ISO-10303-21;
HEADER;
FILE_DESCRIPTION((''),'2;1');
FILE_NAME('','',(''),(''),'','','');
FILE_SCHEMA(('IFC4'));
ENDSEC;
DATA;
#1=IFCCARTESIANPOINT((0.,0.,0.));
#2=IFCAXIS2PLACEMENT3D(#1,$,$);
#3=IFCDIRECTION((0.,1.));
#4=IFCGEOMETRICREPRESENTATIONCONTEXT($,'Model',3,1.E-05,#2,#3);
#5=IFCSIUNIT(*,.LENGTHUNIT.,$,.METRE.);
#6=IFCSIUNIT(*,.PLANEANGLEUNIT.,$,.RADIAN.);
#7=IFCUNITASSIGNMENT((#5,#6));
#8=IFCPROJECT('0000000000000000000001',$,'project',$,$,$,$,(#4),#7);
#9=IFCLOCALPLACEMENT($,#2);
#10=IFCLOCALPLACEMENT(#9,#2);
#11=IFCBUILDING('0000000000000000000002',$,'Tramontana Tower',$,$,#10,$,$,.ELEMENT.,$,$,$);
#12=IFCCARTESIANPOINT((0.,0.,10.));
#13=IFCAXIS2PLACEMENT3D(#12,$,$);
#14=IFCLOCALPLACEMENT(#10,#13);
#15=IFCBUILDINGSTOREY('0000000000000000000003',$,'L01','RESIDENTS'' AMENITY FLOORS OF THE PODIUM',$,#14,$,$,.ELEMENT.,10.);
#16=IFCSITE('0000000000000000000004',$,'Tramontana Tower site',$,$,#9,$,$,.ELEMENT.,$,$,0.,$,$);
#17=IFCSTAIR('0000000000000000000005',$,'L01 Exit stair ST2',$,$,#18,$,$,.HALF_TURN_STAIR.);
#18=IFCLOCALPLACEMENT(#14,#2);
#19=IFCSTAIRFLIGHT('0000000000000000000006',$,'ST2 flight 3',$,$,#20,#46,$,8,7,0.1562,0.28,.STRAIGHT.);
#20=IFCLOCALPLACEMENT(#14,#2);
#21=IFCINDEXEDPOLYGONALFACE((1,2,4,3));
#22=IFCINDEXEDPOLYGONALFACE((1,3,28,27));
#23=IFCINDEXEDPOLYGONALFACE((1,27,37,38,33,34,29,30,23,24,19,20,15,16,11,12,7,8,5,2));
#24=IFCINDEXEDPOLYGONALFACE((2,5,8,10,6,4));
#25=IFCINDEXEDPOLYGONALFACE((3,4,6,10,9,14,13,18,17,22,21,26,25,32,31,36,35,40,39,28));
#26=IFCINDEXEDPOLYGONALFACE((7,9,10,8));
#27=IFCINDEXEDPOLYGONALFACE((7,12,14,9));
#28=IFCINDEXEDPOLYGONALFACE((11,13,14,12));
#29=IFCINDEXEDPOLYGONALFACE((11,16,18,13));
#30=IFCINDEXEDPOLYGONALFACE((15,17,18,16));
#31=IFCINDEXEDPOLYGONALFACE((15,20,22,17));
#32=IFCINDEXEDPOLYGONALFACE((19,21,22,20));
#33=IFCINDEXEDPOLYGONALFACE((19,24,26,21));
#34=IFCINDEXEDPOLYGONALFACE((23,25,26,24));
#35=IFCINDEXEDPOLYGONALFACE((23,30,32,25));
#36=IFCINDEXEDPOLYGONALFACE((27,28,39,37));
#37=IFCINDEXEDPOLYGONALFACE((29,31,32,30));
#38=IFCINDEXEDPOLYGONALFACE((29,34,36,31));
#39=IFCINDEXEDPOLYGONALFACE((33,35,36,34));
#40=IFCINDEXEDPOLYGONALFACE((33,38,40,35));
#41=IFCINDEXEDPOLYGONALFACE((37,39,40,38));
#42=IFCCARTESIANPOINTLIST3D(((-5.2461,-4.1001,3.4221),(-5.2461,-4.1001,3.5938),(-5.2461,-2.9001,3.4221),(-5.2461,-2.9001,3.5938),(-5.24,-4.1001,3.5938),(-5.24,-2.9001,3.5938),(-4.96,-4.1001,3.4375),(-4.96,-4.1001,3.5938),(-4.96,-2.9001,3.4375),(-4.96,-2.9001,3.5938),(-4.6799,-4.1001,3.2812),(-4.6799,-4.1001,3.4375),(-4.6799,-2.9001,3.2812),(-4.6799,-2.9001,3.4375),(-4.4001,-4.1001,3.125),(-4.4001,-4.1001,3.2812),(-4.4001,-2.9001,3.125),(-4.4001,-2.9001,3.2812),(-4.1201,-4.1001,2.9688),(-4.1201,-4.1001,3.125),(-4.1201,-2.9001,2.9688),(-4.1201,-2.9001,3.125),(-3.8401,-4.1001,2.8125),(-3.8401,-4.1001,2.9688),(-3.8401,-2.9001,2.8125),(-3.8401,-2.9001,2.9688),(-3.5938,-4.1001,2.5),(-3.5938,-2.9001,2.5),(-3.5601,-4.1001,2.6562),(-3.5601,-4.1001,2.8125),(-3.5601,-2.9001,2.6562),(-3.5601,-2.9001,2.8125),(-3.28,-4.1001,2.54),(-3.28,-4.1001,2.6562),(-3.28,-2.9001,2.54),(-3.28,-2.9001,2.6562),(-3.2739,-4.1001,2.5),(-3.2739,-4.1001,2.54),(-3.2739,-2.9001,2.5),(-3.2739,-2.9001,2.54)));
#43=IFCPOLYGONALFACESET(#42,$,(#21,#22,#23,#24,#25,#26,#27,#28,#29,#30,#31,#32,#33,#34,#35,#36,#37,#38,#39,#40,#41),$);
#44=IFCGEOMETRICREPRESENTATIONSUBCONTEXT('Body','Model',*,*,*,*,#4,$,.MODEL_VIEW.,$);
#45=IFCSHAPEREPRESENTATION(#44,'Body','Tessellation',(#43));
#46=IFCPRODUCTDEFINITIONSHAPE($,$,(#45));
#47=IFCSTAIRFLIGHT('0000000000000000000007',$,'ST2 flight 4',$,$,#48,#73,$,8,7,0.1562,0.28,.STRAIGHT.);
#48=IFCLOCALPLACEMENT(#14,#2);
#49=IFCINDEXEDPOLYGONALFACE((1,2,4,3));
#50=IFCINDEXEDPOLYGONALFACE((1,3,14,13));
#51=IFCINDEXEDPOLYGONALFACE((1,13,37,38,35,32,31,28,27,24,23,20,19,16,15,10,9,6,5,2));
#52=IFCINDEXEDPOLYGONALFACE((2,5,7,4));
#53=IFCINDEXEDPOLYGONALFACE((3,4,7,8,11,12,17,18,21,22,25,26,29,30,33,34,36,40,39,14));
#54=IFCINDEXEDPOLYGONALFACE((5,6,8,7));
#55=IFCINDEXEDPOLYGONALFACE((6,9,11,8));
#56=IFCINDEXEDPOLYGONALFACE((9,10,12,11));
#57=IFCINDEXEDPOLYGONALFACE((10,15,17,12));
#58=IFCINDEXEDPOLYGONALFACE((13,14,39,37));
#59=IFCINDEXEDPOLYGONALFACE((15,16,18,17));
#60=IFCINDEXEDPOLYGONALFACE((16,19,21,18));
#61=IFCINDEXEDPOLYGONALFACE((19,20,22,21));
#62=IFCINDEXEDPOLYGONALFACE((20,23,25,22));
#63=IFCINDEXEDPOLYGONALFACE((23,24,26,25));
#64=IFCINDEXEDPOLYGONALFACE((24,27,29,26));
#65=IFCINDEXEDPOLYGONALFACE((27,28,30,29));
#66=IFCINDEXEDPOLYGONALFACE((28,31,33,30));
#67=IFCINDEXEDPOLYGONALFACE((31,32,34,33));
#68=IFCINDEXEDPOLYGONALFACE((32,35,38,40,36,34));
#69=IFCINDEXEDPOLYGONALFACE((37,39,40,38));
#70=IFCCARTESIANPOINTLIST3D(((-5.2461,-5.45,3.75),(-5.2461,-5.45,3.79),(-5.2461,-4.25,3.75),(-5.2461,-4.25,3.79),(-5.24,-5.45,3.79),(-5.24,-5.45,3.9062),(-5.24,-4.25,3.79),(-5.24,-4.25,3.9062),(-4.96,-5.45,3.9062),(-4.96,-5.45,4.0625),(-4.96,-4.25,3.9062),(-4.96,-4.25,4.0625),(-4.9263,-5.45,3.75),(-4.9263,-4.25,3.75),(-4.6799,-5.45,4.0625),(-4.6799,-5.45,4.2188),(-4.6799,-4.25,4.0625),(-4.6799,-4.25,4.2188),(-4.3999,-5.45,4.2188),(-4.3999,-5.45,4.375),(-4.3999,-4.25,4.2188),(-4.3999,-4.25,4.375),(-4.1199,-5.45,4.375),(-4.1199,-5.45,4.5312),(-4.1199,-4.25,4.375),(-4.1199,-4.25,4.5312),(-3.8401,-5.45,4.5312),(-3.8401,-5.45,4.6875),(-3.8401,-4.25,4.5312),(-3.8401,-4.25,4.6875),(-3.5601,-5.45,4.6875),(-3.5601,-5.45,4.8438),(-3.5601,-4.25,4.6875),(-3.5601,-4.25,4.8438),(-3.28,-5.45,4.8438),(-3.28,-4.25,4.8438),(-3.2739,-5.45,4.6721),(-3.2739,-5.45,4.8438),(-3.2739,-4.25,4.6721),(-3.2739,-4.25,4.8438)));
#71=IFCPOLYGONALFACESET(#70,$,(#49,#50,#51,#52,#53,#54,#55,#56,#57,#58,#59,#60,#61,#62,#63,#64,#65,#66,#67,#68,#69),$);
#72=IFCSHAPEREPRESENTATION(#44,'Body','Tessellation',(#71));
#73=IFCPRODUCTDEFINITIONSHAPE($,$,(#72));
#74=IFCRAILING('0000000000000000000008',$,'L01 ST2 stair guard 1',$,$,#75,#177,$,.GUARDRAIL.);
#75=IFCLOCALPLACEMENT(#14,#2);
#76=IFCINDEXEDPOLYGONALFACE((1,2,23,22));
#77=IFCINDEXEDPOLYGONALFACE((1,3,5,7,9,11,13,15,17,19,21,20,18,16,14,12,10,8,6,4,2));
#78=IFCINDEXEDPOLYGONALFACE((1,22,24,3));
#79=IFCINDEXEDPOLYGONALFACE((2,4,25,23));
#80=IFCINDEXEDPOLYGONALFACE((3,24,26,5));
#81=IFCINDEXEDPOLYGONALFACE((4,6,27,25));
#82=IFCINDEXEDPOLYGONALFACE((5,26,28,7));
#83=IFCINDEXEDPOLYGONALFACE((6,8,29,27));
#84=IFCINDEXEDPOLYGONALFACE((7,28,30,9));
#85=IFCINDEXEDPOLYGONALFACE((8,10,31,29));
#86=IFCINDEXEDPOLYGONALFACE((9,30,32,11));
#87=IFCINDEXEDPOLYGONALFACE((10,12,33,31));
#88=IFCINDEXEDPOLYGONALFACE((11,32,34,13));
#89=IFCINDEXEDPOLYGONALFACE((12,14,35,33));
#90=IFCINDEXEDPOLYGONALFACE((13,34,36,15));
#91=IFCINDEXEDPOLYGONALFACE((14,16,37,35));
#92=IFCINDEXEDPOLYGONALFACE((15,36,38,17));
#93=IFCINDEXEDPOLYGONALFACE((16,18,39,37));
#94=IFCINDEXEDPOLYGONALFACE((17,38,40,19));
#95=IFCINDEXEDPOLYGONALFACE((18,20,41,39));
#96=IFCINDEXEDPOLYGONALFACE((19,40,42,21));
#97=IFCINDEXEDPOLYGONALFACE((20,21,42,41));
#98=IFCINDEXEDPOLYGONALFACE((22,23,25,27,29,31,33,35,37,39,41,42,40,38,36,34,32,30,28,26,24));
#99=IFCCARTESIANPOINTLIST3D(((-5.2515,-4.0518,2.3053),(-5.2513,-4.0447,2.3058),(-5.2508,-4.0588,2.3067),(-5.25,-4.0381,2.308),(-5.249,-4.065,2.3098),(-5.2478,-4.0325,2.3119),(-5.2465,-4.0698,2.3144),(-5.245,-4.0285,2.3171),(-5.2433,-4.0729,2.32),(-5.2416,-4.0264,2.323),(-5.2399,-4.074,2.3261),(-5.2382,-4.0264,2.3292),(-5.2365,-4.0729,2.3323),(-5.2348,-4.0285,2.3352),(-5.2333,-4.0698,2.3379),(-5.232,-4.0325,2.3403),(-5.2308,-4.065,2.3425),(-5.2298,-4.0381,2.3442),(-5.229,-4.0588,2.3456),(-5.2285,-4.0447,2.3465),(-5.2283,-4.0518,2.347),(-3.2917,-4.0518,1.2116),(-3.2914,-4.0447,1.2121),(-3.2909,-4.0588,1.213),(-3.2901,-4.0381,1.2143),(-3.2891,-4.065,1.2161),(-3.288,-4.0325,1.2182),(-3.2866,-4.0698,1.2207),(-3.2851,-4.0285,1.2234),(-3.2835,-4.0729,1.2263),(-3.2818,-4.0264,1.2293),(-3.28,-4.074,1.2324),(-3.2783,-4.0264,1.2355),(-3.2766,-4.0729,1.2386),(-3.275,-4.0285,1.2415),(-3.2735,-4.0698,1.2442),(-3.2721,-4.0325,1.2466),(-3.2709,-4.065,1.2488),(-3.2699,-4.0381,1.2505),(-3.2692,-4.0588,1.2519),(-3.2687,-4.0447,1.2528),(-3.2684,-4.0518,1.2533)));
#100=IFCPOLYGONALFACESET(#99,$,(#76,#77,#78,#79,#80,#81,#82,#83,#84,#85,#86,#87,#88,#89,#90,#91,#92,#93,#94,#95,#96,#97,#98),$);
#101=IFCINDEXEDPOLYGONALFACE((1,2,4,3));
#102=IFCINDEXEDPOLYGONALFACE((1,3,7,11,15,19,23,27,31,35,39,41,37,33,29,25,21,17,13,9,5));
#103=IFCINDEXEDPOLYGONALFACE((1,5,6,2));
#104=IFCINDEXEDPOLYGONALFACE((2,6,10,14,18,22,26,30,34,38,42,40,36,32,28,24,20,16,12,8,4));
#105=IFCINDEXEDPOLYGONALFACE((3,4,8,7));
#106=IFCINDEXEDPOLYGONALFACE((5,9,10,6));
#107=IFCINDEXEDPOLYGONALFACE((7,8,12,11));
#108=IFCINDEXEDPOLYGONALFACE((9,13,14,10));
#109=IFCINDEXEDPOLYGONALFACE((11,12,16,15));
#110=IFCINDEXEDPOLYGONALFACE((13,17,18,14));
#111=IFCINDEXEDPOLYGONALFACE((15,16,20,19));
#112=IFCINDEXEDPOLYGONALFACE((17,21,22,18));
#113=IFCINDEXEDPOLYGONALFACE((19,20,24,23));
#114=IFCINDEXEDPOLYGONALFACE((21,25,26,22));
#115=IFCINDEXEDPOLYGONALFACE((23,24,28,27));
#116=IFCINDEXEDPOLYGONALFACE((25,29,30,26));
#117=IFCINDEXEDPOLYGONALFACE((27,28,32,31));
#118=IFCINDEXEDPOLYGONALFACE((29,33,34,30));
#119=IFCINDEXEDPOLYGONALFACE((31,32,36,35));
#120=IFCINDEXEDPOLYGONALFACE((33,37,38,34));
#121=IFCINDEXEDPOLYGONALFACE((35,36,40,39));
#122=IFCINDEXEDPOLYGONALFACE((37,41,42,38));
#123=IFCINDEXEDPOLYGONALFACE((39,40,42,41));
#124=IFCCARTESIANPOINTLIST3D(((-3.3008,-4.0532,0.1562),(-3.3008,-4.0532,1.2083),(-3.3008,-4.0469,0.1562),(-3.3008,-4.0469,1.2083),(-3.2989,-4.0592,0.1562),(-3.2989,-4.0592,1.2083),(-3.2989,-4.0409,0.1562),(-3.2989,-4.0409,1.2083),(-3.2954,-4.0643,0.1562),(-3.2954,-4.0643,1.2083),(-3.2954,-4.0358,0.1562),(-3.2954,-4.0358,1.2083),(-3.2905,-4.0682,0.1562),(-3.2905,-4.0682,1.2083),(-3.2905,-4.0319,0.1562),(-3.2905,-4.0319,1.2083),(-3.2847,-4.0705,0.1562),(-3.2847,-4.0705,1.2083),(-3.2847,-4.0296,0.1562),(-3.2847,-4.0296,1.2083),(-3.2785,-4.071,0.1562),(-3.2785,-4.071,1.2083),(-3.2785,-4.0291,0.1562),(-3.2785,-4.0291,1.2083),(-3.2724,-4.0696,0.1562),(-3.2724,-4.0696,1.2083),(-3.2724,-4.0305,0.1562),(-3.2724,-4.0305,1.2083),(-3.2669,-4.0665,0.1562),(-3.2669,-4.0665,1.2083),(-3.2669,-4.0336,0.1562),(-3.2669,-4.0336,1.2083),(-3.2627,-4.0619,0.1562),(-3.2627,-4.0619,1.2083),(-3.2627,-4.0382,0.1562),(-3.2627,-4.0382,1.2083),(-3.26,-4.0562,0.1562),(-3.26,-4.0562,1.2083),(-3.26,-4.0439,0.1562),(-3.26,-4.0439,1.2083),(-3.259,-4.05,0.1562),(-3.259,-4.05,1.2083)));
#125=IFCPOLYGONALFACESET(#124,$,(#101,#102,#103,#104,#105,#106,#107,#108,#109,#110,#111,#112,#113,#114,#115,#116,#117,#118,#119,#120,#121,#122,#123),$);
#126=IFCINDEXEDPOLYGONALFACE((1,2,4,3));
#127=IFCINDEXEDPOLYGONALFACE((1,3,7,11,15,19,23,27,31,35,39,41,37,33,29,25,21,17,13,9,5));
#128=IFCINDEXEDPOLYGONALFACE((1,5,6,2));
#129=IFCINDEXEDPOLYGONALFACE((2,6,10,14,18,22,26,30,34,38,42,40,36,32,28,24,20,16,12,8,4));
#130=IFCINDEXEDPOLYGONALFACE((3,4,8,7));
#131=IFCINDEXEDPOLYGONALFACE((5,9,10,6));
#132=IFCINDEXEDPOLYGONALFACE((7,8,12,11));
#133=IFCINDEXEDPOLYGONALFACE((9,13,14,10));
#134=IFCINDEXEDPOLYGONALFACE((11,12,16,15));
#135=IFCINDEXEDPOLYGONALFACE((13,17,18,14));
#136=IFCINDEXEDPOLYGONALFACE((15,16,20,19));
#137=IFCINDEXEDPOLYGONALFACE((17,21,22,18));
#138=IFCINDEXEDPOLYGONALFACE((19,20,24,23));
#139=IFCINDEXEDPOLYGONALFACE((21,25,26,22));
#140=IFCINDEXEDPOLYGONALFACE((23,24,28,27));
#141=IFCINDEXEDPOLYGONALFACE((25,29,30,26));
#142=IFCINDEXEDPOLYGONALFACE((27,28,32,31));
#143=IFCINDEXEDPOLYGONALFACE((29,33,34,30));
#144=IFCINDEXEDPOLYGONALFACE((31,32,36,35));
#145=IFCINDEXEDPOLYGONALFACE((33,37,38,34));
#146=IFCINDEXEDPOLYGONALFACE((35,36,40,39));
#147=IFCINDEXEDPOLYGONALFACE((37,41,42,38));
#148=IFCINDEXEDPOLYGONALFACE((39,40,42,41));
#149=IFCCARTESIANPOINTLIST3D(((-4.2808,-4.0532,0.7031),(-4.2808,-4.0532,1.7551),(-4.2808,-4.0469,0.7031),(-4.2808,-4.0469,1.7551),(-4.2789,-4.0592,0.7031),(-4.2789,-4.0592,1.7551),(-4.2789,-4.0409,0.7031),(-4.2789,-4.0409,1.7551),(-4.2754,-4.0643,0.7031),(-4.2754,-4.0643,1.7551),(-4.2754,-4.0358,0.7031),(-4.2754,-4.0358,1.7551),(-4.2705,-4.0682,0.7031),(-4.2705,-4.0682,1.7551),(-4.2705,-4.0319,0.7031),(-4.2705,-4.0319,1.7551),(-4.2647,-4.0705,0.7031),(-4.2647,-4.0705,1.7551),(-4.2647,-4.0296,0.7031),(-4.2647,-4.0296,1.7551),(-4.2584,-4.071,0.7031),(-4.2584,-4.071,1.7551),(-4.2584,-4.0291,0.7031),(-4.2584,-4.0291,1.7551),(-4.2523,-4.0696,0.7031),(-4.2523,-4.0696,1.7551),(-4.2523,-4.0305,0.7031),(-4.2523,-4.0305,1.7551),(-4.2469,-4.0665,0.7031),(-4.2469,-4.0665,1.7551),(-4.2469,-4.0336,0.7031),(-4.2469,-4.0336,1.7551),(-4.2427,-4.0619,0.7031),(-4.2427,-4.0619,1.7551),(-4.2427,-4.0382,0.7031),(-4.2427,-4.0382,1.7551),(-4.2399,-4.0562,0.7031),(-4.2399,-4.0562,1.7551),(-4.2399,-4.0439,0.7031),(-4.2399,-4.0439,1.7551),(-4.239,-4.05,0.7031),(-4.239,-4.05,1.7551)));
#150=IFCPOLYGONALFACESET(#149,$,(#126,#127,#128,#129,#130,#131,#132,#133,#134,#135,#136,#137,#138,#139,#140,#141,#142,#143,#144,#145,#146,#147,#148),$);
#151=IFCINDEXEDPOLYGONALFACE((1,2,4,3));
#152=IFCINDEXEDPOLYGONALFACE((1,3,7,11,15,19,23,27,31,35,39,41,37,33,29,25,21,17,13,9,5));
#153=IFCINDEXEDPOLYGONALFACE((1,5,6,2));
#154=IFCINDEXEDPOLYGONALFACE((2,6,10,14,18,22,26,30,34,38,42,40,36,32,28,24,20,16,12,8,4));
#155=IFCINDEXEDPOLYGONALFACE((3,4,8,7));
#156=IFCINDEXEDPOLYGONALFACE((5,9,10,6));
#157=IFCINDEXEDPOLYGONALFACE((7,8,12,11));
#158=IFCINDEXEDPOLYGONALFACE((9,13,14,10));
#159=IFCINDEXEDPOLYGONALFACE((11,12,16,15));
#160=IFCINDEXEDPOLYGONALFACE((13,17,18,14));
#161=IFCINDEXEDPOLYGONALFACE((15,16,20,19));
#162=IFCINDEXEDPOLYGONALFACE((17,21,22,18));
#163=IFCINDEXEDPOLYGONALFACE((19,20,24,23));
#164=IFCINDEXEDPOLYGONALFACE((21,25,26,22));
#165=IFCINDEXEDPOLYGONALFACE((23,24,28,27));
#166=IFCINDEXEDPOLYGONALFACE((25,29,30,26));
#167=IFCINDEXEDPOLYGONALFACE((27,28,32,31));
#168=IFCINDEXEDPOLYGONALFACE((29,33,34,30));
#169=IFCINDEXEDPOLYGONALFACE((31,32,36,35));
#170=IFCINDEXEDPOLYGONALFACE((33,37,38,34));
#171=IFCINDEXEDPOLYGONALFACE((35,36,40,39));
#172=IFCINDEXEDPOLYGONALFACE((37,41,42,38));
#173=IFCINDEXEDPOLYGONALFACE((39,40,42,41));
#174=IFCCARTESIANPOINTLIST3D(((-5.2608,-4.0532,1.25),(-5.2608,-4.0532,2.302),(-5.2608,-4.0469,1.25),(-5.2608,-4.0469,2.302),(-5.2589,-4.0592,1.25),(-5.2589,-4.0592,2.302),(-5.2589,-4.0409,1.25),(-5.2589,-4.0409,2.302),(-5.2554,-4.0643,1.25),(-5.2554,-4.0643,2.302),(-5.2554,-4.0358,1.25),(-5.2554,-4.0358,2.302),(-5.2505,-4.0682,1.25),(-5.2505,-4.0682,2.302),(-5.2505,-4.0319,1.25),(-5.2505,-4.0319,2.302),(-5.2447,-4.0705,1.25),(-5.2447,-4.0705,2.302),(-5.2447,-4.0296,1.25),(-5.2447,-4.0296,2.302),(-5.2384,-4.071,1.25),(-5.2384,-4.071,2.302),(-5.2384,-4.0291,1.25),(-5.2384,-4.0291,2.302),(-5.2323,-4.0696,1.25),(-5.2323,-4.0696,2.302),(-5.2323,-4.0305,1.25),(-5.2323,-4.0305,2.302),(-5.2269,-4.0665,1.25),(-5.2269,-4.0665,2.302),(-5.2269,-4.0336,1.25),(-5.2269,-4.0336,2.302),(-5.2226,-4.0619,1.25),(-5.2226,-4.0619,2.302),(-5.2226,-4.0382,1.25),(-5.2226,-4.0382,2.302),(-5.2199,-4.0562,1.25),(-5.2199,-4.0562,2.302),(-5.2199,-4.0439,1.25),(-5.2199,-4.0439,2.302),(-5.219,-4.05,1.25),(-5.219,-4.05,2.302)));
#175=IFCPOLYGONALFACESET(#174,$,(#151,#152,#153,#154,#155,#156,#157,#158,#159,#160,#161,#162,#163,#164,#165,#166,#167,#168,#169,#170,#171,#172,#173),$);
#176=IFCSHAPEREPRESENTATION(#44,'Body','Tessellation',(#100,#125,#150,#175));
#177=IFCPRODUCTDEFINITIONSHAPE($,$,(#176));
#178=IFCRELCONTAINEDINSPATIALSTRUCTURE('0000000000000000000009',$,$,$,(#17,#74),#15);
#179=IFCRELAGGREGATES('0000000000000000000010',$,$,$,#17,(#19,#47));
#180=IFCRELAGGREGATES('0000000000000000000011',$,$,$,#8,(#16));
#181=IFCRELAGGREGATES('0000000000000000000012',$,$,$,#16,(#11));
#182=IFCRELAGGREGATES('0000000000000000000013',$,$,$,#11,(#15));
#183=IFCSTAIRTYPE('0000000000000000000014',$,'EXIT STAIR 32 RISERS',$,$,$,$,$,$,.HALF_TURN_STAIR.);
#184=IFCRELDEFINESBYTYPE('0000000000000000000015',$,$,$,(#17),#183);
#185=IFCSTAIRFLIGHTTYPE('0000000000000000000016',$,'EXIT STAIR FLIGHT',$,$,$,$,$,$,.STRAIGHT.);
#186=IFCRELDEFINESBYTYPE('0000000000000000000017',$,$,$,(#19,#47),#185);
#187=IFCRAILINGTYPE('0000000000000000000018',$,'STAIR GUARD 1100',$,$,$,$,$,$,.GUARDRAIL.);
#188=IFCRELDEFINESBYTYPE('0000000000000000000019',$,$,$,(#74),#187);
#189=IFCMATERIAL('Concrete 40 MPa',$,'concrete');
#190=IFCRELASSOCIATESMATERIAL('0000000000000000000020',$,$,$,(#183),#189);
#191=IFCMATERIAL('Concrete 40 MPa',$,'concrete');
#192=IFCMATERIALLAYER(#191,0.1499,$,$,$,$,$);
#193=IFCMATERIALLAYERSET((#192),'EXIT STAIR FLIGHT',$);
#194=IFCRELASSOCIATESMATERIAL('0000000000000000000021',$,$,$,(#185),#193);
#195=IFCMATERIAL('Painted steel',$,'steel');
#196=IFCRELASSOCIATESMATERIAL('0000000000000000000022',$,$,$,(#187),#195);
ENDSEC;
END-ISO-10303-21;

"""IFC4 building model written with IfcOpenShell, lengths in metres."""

from ifc_helpers import new_model, si_unit, direction, frame, origin, origin_2d, place, context, subcontext, project, spatial, polyline, circle, outline, extrude, material, layer, layer_set, type_object, element, aggregate, save


model = new_model("IFC4")

# Units and contexts
model_context = context("Model", 3, precision=1e-05, world=origin(), true_north=direction((0.0, 1.0)))
body_context = subcontext(model_context, "Body", "Model", "MODEL_VIEW")
ifc_project = project(units=[si_unit("LENGTHUNIT", "METRE"), si_unit("PLANEANGLEUNIT", "RADIAN")], contexts=[model_context])

# Site, building, storey
site_placement = place(None, origin())
site = spatial("IfcSite", under=ifc_project, at=site_placement, Name="Tramontana Tower site", CompositionType="ELEMENT", RefElevation=0.0)
building_placement = place(site_placement, origin())
building = spatial("IfcBuilding", under=site, at=building_placement, Name="Tramontana Tower", CompositionType="ELEMENT")
storey_placement = place(building_placement, frame((0.0, 0.0, 10.0)))
storey = spatial("IfcBuildingStorey", under=building, at=storey_placement, Name="L01", Description="RESIDENTS' AMENITY FLOORS OF THE PODIUM", CompositionType="ELEMENT", Elevation=10.0)

# Stair, stair flights
ifc_material_1 = material(Name="Concrete 40 MPa", Category="concrete")
stair_type = type_object("IfcStairType", Name="EXIT STAIR 32 RISERS", PredefinedType="HALF_TURN_STAIR", material=ifc_material_1)
stair_placement = place(storey_placement, origin())
stair = element("IfcStair", 1, at=stair_placement, inside=storey, type_object=stair_type, Name="L01 Exit stair ST2", PredefinedType="HALF_TURN_STAIR")
ifc_material_2 = material(Name="Concrete 40 MPa", Category="concrete")
ifc_layer_1 = layer(ifc_material_2, 0.1499)
ifc_layer_set_1 = layer_set([ifc_layer_1], Name="EXIT STAIR FLIGHT")
stair_flight_type = type_object("IfcStairFlightType", Name="EXIT STAIR FLIGHT", PredefinedType="STRAIGHT", material=ifc_layer_set_1)
stair_flight_1_placement = place(storey_placement, frame((-3.28, -3.5, 2.5), z_axis=(0.0, 0.0, 1.0), x_axis=(-1.0, 0.0, 0.0)))
stair_flight_1 = element("IfcStairFlight", 2, at=stair_flight_1_placement, type_object=stair_flight_type, Name="ST2 flight 3", NumberOfRisers=8, NumberOfTreads=7, PredefinedType="STRAIGHT", RiserHeight=0.1562, TreadLength=0.28, context=body_context, shape_type="SweptSolid", body=[
    extrude(outline(polyline([(-0.0061, 0.0), (-0.0061, 0.04), (0.0, 0.04), (0.0, 0.1562), (0.28, 0.1562), (0.28, 0.3125), (0.5601, 0.3125), (0.5601, 0.4688), (0.8401, 0.4688), (0.8401, 0.625), (1.1201, 0.625), (1.1201, 0.7812), (1.3999, 0.7812), (1.3999, 0.9375), (1.6799, 0.9375), (1.6799, 1.0938), (1.96, 1.0938), (1.9661, 1.0938), (1.9661, 0.9221), (0.3137, 0.0), (-0.0061, 0.0)])), frame((0.0, 0.6001, 0.0), z_axis=(0.0, -1.0, 0.0), x_axis=(1.0, 0.0, 0.0)), (0.0, 0.0, 1.0), 1.2),
])
stair_flight_2_placement = place(storey_placement, frame((-5.24, -4.8501, 3.75), z_axis=(0.0, 0.0, 1.0), x_axis=(1.0, 0.0, 0.0)))
stair_flight_2 = element("IfcStairFlight", 3, at=stair_flight_2_placement, type_object=stair_flight_type, Name="ST2 flight 4", NumberOfRisers=8, NumberOfTreads=7, PredefinedType="STRAIGHT", RiserHeight=0.1562, TreadLength=0.28, context=body_context, shape_type="SweptSolid", body=[
    extrude(outline(polyline([(-0.0061, 0.0), (-0.0061, 0.04), (0.0, 0.04), (0.0, 0.1562), (0.28, 0.1562), (0.28, 0.3125), (0.5601, 0.3125), (0.5601, 0.4688), (0.8401, 0.4688), (0.8401, 0.625), (1.1201, 0.625), (1.1201, 0.7812), (1.3999, 0.7812), (1.3999, 0.9375), (1.6799, 0.9375), (1.6799, 1.0938), (1.96, 1.0938), (1.9661, 1.0938), (1.9661, 0.9221), (0.3137, 0.0), (-0.0061, 0.0)])), frame((0.0, 0.6001, 0.0), z_axis=(0.0, -1.0, 0.0), x_axis=(1.0, 0.0, 0.0)), (0.0, 0.0, 1.0), 1.2),
])
aggregate(stair, [stair_flight_1, stair_flight_2])

# Railing
ifc_material_3 = material(Name="Painted steel", Category="steel")
railing_type_1 = type_object("IfcRailingType", Name="STAIR GUARD 1100", PredefinedType="GUARDRAIL", material=ifc_material_3)
railing_1_placement = place(storey_placement, frame((-3.28, -4.05, 0.1562)))
element("IfcRailing", 4, at=railing_1_placement, inside=storey, type_object=railing_type_1, Name="L01 ST2 stair guard 1", PredefinedType="GUARDRAIL", context=body_context, shape_type="SweptSolid", body=[
    extrude(circle(Radius=0.0239, at=origin_2d()), frame((0.0, 0.0, 1.0762), z_axis=(-0.873232, 0.0, 0.487304), x_axis=(0.0, -1.0, 0.0)), (0.0, 0.0, 1.0), 2.2444),
    extrude(circle(Radius=0.021, at=origin_2d()), origin(), (0.0, 0.0, 1.0), 1.052),
    extrude(circle(Radius=0.021, at=origin_2d()), frame((-0.98, 0.0, 0.5469)), (0.0, 0.0, 1.0), 1.052),
    extrude(circle(Radius=0.021, at=origin_2d()), frame((-1.96, 0.0, 1.0938)), (0.0, 0.0, 1.0), 1.052),
])

save(model, "model.ifc")
